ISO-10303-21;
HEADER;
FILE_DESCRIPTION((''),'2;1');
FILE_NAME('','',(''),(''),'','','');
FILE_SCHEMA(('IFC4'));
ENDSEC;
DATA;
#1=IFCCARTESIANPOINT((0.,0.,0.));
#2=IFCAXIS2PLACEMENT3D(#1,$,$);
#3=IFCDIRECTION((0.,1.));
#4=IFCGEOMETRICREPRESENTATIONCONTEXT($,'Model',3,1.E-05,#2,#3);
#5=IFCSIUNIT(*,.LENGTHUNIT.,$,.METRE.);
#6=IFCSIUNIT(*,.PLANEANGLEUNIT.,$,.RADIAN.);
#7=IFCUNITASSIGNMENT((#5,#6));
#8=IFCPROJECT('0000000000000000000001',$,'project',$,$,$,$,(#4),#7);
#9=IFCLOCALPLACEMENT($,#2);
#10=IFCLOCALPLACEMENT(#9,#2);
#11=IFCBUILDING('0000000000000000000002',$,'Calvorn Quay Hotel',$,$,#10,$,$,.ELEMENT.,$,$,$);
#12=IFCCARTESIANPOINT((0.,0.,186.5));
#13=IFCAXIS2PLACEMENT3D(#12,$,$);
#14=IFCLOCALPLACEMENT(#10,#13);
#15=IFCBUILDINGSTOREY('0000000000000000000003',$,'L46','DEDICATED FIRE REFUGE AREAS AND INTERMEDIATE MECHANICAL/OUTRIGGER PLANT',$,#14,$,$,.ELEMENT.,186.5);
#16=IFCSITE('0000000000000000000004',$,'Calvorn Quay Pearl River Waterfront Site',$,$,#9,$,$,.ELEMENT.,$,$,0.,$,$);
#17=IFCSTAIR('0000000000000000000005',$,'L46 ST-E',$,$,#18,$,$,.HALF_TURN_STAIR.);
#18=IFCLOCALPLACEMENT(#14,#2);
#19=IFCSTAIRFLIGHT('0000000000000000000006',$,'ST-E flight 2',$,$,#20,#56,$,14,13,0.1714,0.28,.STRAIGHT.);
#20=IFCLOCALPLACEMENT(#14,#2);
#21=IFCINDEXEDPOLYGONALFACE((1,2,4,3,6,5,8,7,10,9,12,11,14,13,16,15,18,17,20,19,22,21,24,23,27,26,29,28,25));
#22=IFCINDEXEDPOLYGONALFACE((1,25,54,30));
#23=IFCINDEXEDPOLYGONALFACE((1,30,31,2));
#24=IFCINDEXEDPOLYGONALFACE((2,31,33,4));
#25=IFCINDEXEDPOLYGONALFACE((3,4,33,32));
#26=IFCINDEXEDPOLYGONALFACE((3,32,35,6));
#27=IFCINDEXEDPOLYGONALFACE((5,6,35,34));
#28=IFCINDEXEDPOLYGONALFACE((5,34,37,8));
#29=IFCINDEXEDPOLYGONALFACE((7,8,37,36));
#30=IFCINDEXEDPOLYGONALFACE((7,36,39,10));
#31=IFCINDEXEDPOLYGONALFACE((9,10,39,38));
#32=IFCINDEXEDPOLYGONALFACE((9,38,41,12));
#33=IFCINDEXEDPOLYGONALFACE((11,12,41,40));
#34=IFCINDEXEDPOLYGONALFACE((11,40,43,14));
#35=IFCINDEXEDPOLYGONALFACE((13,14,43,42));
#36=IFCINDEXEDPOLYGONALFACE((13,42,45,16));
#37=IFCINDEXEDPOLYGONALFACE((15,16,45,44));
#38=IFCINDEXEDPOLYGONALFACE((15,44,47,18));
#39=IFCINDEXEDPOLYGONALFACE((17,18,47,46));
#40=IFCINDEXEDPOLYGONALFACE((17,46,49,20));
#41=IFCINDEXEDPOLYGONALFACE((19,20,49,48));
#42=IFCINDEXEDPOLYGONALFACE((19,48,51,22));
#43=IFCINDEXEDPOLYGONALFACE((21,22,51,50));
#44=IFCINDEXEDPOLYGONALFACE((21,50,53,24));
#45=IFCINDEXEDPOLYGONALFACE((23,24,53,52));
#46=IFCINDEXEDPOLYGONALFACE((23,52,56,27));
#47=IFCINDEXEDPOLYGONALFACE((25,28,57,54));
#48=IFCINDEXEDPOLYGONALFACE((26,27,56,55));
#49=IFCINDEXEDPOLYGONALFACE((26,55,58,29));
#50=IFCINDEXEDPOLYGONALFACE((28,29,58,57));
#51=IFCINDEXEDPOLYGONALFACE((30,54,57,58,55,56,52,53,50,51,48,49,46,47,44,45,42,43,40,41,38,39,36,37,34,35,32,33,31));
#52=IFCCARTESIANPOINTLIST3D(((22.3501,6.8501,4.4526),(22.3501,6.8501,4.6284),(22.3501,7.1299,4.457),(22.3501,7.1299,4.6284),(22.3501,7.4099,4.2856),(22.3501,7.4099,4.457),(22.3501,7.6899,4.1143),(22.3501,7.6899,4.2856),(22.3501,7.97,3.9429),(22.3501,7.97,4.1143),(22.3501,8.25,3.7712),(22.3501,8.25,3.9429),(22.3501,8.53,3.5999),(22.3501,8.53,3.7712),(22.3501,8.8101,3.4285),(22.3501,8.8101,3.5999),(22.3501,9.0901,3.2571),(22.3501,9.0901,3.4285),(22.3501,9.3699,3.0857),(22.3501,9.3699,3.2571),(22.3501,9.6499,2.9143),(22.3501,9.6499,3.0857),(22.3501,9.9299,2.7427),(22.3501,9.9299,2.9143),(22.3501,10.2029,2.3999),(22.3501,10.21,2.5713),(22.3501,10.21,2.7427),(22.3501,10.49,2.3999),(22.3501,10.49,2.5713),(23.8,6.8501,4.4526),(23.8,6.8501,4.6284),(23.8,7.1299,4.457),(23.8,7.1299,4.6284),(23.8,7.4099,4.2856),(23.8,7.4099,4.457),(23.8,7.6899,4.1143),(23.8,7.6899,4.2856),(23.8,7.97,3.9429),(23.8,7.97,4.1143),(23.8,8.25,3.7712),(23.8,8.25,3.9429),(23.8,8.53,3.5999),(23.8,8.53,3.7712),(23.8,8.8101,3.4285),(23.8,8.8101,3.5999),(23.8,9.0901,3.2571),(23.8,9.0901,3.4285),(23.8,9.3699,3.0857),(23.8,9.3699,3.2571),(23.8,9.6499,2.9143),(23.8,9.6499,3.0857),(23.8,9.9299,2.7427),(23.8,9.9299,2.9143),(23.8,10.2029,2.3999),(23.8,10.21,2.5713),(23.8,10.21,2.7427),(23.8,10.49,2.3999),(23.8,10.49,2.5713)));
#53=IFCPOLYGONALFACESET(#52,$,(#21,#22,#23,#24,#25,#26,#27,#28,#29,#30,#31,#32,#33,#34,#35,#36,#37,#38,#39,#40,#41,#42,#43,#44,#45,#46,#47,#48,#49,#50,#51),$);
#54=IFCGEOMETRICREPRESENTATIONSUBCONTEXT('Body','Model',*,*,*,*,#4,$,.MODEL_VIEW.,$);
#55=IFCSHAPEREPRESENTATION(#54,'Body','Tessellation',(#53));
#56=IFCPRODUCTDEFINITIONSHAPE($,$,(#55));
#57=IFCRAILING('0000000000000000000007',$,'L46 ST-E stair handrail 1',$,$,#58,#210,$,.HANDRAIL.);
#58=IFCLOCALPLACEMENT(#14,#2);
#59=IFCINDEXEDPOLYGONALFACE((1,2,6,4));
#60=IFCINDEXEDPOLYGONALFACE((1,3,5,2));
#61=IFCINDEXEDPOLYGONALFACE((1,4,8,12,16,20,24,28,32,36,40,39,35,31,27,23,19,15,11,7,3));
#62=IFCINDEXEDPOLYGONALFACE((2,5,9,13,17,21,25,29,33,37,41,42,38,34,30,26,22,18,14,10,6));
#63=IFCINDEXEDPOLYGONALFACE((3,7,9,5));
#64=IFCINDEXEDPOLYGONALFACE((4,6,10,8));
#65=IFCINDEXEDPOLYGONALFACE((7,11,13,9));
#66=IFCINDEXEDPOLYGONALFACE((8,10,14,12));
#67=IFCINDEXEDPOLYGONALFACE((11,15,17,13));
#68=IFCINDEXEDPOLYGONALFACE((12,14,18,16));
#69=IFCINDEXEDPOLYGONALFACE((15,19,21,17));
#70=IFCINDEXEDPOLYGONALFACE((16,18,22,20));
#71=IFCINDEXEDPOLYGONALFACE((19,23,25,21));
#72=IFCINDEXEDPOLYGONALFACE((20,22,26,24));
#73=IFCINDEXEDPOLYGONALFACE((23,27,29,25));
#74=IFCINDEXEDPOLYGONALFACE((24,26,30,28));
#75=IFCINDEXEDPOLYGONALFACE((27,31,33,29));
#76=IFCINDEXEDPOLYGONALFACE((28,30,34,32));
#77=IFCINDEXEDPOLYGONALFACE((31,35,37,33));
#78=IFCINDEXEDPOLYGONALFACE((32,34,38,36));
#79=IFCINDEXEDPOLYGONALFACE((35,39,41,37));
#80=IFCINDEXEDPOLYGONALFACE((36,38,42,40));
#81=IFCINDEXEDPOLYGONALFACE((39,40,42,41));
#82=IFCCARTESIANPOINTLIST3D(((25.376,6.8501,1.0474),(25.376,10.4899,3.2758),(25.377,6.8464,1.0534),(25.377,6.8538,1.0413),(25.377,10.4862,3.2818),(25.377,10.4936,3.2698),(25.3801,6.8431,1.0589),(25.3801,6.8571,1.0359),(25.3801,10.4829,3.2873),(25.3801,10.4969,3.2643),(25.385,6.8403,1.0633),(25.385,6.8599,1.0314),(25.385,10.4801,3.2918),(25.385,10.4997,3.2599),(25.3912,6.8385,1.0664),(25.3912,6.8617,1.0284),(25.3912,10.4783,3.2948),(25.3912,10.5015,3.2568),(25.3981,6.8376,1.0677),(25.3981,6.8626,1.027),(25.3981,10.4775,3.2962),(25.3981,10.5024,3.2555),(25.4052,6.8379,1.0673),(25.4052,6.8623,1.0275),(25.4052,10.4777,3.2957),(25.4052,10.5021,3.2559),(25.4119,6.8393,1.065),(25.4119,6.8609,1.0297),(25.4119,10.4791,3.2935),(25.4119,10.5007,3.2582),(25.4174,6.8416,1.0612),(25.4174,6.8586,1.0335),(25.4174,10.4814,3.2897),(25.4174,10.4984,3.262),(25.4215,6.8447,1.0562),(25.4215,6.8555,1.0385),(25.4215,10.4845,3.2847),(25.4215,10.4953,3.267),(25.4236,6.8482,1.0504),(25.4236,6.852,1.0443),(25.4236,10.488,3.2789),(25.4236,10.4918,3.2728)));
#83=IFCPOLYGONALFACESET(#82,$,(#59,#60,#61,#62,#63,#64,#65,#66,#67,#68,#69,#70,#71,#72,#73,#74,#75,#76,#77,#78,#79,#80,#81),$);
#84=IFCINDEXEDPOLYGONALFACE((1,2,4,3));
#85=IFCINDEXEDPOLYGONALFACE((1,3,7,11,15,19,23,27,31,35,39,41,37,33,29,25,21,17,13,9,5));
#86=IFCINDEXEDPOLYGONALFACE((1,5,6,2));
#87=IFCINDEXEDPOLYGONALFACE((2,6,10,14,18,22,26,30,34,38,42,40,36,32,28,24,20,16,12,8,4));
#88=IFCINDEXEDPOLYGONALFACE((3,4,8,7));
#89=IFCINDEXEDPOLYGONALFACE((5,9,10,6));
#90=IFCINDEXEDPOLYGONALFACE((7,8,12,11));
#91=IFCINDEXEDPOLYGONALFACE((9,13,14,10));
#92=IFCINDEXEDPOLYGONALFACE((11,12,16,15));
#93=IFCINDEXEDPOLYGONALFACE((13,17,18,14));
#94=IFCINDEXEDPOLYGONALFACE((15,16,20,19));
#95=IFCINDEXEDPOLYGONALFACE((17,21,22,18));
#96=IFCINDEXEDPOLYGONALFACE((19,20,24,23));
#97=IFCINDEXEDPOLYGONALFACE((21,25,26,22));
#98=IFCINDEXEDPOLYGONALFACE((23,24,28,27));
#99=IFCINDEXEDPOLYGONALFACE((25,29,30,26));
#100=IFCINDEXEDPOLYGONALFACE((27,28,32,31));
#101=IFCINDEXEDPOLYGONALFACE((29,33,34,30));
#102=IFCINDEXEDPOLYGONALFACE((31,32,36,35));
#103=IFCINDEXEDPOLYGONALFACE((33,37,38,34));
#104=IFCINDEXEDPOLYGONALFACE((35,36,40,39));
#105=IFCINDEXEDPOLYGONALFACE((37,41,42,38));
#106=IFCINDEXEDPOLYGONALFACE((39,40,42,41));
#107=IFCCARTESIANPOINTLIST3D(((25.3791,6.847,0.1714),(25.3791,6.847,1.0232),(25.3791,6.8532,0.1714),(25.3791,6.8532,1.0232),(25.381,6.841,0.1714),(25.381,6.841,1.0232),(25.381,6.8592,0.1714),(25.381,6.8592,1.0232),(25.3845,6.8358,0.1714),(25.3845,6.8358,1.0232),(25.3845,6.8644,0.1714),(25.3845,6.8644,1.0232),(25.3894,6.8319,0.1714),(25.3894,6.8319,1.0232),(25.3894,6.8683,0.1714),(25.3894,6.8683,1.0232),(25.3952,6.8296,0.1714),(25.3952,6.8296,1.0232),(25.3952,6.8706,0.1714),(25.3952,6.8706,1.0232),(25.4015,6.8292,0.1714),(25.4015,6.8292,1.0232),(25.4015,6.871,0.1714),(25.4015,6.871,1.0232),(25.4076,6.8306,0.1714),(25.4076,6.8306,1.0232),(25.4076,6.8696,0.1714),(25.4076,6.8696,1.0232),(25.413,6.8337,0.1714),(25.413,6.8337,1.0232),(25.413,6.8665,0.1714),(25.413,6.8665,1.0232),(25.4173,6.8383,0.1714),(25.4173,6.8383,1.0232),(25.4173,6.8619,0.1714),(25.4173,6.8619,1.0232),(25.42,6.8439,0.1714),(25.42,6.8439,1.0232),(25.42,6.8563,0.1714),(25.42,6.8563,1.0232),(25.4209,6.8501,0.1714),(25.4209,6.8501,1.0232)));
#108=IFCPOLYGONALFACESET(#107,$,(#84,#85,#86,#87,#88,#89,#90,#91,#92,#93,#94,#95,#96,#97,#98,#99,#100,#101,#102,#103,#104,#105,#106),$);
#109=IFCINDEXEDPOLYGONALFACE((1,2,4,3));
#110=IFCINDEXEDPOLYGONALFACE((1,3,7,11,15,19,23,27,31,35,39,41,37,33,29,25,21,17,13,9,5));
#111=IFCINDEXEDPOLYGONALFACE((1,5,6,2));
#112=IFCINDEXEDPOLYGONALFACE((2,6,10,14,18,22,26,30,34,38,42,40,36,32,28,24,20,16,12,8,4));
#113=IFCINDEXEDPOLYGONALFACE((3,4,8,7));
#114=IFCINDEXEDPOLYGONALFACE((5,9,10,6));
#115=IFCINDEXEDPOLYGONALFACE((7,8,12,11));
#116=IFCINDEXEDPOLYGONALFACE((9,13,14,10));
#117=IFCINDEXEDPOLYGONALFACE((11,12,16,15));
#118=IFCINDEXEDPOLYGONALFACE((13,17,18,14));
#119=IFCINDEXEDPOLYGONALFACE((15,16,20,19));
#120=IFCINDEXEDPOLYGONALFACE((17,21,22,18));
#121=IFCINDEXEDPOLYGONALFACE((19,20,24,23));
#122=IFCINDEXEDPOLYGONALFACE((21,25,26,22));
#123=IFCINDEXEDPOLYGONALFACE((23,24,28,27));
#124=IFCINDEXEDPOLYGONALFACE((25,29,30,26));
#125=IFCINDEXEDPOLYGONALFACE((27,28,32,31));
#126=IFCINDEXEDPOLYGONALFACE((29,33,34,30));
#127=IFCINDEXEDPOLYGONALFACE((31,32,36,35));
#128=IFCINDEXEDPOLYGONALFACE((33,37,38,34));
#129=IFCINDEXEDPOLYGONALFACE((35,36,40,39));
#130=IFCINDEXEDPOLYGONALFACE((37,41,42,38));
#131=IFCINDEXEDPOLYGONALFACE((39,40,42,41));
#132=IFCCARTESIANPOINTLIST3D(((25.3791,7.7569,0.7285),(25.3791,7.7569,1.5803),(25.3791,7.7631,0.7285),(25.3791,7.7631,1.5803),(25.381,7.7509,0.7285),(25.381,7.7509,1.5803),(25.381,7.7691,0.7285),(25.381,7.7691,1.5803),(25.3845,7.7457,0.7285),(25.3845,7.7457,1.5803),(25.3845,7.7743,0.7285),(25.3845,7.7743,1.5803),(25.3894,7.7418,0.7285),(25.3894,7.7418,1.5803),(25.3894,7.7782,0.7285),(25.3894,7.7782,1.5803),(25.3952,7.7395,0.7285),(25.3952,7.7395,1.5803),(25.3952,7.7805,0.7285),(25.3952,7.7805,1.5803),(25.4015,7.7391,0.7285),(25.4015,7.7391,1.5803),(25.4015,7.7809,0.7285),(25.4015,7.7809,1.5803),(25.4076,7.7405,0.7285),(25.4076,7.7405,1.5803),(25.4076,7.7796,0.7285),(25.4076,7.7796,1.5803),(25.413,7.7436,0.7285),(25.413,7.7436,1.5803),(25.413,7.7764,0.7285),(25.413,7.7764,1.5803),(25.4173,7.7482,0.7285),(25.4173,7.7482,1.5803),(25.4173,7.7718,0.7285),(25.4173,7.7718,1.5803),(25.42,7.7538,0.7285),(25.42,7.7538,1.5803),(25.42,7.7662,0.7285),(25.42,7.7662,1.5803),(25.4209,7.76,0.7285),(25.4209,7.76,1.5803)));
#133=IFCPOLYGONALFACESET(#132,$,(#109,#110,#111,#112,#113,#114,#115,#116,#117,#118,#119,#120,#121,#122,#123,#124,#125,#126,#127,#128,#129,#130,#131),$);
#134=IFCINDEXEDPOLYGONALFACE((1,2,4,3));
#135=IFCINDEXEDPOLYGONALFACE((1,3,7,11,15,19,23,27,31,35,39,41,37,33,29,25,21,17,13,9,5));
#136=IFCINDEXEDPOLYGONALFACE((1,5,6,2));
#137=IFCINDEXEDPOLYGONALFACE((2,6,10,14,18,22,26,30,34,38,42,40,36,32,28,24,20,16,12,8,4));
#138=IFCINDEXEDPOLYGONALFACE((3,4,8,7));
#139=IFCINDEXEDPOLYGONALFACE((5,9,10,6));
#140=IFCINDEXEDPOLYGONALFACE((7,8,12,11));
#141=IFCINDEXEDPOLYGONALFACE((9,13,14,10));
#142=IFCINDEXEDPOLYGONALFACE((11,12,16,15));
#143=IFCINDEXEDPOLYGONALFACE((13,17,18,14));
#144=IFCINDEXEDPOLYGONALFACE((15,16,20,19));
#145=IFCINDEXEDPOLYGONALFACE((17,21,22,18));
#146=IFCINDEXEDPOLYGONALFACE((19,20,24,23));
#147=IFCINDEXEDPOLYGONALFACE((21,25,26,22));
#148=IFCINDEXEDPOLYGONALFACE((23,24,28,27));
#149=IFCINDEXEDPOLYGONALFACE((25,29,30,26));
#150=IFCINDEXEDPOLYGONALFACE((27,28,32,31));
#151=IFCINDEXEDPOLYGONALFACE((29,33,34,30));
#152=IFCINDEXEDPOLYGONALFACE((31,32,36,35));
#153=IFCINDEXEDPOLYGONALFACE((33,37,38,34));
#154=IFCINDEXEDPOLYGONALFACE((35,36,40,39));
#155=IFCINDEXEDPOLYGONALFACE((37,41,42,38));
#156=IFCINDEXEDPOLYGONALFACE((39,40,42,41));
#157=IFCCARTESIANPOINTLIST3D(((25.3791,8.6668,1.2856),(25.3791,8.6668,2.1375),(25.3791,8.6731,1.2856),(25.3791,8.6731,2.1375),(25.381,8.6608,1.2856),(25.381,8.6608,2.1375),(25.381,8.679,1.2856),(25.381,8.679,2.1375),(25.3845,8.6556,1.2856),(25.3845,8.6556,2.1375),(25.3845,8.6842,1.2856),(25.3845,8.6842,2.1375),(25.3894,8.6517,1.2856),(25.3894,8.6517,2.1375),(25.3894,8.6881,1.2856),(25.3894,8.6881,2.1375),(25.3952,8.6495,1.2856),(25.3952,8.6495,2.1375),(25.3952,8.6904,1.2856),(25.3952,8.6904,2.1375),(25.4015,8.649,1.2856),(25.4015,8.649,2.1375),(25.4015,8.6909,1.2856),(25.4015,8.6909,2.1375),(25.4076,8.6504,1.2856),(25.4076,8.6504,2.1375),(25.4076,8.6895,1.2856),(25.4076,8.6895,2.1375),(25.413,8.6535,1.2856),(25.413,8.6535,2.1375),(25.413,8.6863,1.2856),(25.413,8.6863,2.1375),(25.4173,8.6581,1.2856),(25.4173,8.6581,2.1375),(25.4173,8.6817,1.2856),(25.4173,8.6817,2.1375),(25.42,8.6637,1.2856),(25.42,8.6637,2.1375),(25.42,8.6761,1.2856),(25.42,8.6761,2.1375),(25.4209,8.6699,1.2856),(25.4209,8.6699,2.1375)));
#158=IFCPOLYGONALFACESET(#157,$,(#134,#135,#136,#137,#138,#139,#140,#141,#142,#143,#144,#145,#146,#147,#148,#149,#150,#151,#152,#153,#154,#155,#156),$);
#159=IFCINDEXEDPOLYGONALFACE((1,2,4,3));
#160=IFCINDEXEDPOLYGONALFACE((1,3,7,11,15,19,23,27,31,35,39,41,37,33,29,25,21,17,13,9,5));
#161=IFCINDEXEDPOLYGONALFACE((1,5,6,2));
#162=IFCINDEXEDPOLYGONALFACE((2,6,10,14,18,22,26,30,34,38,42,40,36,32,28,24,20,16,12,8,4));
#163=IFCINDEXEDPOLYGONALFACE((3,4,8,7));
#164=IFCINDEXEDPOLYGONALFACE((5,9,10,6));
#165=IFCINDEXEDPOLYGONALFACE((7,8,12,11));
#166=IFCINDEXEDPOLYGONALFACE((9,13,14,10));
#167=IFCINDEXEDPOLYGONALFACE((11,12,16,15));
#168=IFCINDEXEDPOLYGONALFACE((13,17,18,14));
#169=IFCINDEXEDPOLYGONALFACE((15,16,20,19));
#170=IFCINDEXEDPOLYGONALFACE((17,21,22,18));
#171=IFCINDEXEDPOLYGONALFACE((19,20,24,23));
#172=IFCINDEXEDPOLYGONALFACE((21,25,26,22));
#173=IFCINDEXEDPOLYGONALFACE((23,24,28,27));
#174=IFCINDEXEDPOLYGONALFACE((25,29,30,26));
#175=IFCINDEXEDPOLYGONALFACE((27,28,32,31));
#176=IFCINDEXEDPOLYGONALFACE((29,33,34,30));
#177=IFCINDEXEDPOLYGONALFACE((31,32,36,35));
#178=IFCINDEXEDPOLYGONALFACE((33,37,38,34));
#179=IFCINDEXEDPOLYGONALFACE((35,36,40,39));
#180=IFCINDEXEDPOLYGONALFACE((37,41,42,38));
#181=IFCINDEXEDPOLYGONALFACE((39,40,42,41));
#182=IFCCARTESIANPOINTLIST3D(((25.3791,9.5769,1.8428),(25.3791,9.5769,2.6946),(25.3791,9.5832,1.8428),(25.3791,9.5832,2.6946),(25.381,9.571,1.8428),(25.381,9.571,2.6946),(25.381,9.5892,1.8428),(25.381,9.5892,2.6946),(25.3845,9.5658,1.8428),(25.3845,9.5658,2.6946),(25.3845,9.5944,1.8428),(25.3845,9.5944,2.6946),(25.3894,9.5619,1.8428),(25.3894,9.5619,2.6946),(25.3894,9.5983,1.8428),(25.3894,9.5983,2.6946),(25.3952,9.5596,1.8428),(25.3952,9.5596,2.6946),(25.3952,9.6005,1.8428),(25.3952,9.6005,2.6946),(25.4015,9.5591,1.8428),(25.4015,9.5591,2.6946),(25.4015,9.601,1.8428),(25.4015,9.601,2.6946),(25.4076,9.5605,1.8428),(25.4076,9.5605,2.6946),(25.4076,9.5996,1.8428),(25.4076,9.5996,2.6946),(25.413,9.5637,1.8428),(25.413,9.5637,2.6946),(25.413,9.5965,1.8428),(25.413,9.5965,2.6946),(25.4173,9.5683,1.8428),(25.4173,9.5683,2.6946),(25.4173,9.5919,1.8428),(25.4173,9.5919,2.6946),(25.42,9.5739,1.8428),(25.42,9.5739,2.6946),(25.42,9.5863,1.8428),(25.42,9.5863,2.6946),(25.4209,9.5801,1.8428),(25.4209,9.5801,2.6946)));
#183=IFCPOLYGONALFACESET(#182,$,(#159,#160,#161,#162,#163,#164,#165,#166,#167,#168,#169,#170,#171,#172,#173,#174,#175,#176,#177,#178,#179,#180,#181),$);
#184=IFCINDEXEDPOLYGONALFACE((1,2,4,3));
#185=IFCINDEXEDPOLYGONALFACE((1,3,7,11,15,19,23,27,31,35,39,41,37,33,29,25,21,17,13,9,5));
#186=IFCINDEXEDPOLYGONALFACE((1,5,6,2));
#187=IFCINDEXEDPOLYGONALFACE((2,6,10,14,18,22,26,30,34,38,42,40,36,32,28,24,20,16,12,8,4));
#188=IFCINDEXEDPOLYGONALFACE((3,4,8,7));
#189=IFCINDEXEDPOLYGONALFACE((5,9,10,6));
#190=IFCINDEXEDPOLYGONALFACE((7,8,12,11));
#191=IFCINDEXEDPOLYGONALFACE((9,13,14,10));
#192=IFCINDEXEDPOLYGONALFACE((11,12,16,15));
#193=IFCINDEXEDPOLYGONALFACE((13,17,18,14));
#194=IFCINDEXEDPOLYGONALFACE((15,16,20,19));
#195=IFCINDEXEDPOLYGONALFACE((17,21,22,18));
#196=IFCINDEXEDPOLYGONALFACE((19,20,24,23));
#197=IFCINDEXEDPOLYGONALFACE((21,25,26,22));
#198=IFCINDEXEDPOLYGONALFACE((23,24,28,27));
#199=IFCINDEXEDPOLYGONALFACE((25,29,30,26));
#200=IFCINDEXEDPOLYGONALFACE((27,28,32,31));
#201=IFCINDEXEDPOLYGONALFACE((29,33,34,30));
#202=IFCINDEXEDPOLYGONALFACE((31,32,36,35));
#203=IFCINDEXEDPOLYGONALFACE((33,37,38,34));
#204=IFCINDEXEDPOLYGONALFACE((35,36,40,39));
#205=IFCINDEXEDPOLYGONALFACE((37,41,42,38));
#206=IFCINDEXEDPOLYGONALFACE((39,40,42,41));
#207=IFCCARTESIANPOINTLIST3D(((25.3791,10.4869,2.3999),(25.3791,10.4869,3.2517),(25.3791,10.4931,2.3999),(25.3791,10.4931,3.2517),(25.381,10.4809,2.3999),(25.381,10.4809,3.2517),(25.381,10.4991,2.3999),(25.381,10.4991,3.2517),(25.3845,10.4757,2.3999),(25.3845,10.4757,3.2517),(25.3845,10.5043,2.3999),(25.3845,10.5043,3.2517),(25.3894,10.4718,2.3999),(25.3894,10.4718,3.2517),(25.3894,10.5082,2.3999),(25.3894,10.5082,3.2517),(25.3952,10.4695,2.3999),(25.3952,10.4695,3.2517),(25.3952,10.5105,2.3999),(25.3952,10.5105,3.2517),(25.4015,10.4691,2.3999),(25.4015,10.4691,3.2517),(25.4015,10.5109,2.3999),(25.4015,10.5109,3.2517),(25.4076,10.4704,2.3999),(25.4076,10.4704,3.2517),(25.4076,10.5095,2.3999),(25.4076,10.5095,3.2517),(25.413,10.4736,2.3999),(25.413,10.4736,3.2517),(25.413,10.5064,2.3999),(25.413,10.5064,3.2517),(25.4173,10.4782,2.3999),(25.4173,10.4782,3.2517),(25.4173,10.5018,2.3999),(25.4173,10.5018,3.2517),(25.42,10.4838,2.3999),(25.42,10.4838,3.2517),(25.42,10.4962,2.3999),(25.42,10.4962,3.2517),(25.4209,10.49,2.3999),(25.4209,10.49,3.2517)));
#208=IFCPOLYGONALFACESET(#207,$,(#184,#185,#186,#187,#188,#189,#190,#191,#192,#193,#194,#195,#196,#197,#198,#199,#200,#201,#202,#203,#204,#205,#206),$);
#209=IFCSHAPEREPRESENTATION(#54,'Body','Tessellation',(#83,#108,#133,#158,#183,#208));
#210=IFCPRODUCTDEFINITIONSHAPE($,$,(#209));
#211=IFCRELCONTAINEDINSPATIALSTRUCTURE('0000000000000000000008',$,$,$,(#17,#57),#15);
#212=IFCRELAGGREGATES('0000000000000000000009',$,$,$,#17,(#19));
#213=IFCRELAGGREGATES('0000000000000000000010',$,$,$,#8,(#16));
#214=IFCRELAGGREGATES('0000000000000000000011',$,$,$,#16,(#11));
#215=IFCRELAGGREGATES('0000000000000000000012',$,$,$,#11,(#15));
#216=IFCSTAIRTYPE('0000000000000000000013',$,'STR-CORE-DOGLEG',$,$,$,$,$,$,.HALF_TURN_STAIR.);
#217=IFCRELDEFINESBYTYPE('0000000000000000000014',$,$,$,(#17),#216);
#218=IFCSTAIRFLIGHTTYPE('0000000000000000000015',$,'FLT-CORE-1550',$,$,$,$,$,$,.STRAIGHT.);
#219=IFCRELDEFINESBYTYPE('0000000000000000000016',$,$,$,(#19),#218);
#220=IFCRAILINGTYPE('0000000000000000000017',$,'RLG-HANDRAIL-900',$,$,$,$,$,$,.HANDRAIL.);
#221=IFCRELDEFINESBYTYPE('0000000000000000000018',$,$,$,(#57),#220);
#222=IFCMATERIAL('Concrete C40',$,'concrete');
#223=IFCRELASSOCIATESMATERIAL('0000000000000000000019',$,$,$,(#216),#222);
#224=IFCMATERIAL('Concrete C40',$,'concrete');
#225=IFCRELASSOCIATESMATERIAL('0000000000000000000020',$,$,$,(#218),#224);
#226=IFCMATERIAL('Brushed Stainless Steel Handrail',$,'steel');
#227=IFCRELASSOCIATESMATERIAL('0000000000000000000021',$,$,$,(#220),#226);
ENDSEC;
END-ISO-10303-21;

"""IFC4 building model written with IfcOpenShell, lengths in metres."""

from ifc_helpers import new_model, si_unit, direction, frame, origin, origin_2d, place, context, subcontext, project, spatial, polyline, circle, outline, extrude, material, type_object, element, aggregate, save


model = new_model("IFC4")

# Units and contexts
model_context = context("Model", 3, precision=1e-05, world=origin(), true_north=direction((0.0, 1.0)))
body_context = subcontext(model_context, "Body", "Model", "MODEL_VIEW")
ifc_project = project(units=[si_unit("LENGTHUNIT", "METRE"), si_unit("PLANEANGLEUNIT", "RADIAN")], contexts=[model_context])

# Site, building, storey
site_placement = place(None, origin())
site = spatial("IfcSite", under=ifc_project, at=site_placement, Name="Calvorn Quay Pearl River Waterfront Site", CompositionType="ELEMENT", RefElevation=0.0)
building_placement = place(site_placement, origin())
building = spatial("IfcBuilding", under=site, at=building_placement, Name="Calvorn Quay Hotel", CompositionType="ELEMENT")
storey_placement = place(building_placement, frame((0.0, 0.0, 186.5)))
storey = spatial("IfcBuildingStorey", under=building, at=storey_placement, Name="L46", Description="DEDICATED FIRE REFUGE AREAS AND INTERMEDIATE MECHANICAL/OUTRIGGER PLANT", CompositionType="ELEMENT", Elevation=186.5)

# Stair, stair flight
ifc_material_1 = material(Name="Concrete C40", Category="concrete")
stair_type = type_object("IfcStairType", Name="STR-CORE-DOGLEG", PredefinedType="HALF_TURN_STAIR", material=ifc_material_1)
stair_placement = place(storey_placement, origin())
stair = element("IfcStair", 1, at=stair_placement, inside=storey, type_object=stair_type, Name="L46 ST-E", PredefinedType="HALF_TURN_STAIR")
ifc_material_2 = material(Name="Concrete C40", Category="concrete")
stair_flight_type = type_object("IfcStairFlightType", Name="FLT-CORE-1550", PredefinedType="STRAIGHT", material=ifc_material_2)
stair_flight_1_placement = place(storey_placement, frame((23.075, 10.49, 2.3999), z_axis=(0.0, 0.0, 1.0), x_axis=(0.0, -1.0, 0.0)))
stair_flight_1 = element("IfcStairFlight", 2, at=stair_flight_1_placement, type_object=stair_flight_type, Name="ST-E flight 2", NumberOfRisers=14, NumberOfTreads=13, PredefinedType="STRAIGHT", RiserHeight=0.1714, TreadLength=0.28, context=body_context, shape_type="SweptSolid", body=[
    extrude(outline(polyline([(0.0, 0.0), (0.0, 0.1714), (0.28, 0.1714), (0.28, 0.3428), (0.5601, 0.3428), (0.5601, 0.5144), (0.8401, 0.5144), (0.8401, 0.6858), (1.1201, 0.6858), (1.1201, 0.8572), (1.3999, 0.8572), (1.3999, 1.0286), (1.6799, 1.0286), (1.6799, 1.2), (1.96, 1.2), (1.96, 1.3713), (2.24, 1.3713), (2.24, 1.543), (2.52, 1.543), (2.52, 1.7144), (2.8, 1.7144), (2.8, 1.8857), (3.0801, 1.8857), (3.0801, 2.0571), (3.3601, 2.0571), (3.3601, 2.2285), (3.6399, 2.2285), (3.6399, 2.3999), (3.6399, 2.0527), (0.2871, 0.0), (0.0, 0.0)])), frame((0.0, 0.7251, 0.0), z_axis=(0.0, -1.0, 0.0), x_axis=(1.0, 0.0, 0.0)), (0.0, 0.0, 1.0), 1.45),
])
aggregate(stair, [stair_flight_1])

# Railing
ifc_material_3 = material(Name="Brushed Stainless Steel Handrail", Category="steel")
railing_type_1 = type_object("IfcRailingType", Name="RLG-HANDRAIL-900", PredefinedType="HANDRAIL", material=ifc_material_3)
railing_1_placement = place(storey_placement, frame((25.3999, 6.8501, 0.1714)))
element("IfcRailing", 3, at=railing_1_placement, inside=storey, type_object=railing_type_1, Name="L46 ST-E stair handrail 1", PredefinedType="HANDRAIL", context=body_context, shape_type="SweptSolid", body=[
    extrude(circle(Radius=0.0239, at=origin_2d()), frame((0.0, 0.0, 0.876), z_axis=(0.0, 0.85285, 0.522156), x_axis=(-1.0, 0.0, 0.0)), (0.0, 0.0, 1.0), 4.2678),
    extrude(circle(Radius=0.021, at=origin_2d()), origin(), (0.0, 0.0, 1.0), 0.8518),
    extrude(circle(Radius=0.021, at=origin_2d()), frame((0.0, 0.9099, 0.5571)), (0.0, 0.0, 1.0), 0.8518),
    extrude(circle(Radius=0.021, at=origin_2d()), frame((0.0, 1.8198, 1.1143)), (0.0, 0.0, 1.0), 0.8518),
    extrude(circle(Radius=0.021, at=origin_2d()), frame((0.0, 2.73, 1.6714)), (0.0, 0.0, 1.0), 0.8518),
    extrude(circle(Radius=0.021, at=origin_2d()), frame((0.0, 3.6399, 2.2285)), (0.0, 0.0, 1.0), 0.8518),
])

save(model, "model.ifc")
